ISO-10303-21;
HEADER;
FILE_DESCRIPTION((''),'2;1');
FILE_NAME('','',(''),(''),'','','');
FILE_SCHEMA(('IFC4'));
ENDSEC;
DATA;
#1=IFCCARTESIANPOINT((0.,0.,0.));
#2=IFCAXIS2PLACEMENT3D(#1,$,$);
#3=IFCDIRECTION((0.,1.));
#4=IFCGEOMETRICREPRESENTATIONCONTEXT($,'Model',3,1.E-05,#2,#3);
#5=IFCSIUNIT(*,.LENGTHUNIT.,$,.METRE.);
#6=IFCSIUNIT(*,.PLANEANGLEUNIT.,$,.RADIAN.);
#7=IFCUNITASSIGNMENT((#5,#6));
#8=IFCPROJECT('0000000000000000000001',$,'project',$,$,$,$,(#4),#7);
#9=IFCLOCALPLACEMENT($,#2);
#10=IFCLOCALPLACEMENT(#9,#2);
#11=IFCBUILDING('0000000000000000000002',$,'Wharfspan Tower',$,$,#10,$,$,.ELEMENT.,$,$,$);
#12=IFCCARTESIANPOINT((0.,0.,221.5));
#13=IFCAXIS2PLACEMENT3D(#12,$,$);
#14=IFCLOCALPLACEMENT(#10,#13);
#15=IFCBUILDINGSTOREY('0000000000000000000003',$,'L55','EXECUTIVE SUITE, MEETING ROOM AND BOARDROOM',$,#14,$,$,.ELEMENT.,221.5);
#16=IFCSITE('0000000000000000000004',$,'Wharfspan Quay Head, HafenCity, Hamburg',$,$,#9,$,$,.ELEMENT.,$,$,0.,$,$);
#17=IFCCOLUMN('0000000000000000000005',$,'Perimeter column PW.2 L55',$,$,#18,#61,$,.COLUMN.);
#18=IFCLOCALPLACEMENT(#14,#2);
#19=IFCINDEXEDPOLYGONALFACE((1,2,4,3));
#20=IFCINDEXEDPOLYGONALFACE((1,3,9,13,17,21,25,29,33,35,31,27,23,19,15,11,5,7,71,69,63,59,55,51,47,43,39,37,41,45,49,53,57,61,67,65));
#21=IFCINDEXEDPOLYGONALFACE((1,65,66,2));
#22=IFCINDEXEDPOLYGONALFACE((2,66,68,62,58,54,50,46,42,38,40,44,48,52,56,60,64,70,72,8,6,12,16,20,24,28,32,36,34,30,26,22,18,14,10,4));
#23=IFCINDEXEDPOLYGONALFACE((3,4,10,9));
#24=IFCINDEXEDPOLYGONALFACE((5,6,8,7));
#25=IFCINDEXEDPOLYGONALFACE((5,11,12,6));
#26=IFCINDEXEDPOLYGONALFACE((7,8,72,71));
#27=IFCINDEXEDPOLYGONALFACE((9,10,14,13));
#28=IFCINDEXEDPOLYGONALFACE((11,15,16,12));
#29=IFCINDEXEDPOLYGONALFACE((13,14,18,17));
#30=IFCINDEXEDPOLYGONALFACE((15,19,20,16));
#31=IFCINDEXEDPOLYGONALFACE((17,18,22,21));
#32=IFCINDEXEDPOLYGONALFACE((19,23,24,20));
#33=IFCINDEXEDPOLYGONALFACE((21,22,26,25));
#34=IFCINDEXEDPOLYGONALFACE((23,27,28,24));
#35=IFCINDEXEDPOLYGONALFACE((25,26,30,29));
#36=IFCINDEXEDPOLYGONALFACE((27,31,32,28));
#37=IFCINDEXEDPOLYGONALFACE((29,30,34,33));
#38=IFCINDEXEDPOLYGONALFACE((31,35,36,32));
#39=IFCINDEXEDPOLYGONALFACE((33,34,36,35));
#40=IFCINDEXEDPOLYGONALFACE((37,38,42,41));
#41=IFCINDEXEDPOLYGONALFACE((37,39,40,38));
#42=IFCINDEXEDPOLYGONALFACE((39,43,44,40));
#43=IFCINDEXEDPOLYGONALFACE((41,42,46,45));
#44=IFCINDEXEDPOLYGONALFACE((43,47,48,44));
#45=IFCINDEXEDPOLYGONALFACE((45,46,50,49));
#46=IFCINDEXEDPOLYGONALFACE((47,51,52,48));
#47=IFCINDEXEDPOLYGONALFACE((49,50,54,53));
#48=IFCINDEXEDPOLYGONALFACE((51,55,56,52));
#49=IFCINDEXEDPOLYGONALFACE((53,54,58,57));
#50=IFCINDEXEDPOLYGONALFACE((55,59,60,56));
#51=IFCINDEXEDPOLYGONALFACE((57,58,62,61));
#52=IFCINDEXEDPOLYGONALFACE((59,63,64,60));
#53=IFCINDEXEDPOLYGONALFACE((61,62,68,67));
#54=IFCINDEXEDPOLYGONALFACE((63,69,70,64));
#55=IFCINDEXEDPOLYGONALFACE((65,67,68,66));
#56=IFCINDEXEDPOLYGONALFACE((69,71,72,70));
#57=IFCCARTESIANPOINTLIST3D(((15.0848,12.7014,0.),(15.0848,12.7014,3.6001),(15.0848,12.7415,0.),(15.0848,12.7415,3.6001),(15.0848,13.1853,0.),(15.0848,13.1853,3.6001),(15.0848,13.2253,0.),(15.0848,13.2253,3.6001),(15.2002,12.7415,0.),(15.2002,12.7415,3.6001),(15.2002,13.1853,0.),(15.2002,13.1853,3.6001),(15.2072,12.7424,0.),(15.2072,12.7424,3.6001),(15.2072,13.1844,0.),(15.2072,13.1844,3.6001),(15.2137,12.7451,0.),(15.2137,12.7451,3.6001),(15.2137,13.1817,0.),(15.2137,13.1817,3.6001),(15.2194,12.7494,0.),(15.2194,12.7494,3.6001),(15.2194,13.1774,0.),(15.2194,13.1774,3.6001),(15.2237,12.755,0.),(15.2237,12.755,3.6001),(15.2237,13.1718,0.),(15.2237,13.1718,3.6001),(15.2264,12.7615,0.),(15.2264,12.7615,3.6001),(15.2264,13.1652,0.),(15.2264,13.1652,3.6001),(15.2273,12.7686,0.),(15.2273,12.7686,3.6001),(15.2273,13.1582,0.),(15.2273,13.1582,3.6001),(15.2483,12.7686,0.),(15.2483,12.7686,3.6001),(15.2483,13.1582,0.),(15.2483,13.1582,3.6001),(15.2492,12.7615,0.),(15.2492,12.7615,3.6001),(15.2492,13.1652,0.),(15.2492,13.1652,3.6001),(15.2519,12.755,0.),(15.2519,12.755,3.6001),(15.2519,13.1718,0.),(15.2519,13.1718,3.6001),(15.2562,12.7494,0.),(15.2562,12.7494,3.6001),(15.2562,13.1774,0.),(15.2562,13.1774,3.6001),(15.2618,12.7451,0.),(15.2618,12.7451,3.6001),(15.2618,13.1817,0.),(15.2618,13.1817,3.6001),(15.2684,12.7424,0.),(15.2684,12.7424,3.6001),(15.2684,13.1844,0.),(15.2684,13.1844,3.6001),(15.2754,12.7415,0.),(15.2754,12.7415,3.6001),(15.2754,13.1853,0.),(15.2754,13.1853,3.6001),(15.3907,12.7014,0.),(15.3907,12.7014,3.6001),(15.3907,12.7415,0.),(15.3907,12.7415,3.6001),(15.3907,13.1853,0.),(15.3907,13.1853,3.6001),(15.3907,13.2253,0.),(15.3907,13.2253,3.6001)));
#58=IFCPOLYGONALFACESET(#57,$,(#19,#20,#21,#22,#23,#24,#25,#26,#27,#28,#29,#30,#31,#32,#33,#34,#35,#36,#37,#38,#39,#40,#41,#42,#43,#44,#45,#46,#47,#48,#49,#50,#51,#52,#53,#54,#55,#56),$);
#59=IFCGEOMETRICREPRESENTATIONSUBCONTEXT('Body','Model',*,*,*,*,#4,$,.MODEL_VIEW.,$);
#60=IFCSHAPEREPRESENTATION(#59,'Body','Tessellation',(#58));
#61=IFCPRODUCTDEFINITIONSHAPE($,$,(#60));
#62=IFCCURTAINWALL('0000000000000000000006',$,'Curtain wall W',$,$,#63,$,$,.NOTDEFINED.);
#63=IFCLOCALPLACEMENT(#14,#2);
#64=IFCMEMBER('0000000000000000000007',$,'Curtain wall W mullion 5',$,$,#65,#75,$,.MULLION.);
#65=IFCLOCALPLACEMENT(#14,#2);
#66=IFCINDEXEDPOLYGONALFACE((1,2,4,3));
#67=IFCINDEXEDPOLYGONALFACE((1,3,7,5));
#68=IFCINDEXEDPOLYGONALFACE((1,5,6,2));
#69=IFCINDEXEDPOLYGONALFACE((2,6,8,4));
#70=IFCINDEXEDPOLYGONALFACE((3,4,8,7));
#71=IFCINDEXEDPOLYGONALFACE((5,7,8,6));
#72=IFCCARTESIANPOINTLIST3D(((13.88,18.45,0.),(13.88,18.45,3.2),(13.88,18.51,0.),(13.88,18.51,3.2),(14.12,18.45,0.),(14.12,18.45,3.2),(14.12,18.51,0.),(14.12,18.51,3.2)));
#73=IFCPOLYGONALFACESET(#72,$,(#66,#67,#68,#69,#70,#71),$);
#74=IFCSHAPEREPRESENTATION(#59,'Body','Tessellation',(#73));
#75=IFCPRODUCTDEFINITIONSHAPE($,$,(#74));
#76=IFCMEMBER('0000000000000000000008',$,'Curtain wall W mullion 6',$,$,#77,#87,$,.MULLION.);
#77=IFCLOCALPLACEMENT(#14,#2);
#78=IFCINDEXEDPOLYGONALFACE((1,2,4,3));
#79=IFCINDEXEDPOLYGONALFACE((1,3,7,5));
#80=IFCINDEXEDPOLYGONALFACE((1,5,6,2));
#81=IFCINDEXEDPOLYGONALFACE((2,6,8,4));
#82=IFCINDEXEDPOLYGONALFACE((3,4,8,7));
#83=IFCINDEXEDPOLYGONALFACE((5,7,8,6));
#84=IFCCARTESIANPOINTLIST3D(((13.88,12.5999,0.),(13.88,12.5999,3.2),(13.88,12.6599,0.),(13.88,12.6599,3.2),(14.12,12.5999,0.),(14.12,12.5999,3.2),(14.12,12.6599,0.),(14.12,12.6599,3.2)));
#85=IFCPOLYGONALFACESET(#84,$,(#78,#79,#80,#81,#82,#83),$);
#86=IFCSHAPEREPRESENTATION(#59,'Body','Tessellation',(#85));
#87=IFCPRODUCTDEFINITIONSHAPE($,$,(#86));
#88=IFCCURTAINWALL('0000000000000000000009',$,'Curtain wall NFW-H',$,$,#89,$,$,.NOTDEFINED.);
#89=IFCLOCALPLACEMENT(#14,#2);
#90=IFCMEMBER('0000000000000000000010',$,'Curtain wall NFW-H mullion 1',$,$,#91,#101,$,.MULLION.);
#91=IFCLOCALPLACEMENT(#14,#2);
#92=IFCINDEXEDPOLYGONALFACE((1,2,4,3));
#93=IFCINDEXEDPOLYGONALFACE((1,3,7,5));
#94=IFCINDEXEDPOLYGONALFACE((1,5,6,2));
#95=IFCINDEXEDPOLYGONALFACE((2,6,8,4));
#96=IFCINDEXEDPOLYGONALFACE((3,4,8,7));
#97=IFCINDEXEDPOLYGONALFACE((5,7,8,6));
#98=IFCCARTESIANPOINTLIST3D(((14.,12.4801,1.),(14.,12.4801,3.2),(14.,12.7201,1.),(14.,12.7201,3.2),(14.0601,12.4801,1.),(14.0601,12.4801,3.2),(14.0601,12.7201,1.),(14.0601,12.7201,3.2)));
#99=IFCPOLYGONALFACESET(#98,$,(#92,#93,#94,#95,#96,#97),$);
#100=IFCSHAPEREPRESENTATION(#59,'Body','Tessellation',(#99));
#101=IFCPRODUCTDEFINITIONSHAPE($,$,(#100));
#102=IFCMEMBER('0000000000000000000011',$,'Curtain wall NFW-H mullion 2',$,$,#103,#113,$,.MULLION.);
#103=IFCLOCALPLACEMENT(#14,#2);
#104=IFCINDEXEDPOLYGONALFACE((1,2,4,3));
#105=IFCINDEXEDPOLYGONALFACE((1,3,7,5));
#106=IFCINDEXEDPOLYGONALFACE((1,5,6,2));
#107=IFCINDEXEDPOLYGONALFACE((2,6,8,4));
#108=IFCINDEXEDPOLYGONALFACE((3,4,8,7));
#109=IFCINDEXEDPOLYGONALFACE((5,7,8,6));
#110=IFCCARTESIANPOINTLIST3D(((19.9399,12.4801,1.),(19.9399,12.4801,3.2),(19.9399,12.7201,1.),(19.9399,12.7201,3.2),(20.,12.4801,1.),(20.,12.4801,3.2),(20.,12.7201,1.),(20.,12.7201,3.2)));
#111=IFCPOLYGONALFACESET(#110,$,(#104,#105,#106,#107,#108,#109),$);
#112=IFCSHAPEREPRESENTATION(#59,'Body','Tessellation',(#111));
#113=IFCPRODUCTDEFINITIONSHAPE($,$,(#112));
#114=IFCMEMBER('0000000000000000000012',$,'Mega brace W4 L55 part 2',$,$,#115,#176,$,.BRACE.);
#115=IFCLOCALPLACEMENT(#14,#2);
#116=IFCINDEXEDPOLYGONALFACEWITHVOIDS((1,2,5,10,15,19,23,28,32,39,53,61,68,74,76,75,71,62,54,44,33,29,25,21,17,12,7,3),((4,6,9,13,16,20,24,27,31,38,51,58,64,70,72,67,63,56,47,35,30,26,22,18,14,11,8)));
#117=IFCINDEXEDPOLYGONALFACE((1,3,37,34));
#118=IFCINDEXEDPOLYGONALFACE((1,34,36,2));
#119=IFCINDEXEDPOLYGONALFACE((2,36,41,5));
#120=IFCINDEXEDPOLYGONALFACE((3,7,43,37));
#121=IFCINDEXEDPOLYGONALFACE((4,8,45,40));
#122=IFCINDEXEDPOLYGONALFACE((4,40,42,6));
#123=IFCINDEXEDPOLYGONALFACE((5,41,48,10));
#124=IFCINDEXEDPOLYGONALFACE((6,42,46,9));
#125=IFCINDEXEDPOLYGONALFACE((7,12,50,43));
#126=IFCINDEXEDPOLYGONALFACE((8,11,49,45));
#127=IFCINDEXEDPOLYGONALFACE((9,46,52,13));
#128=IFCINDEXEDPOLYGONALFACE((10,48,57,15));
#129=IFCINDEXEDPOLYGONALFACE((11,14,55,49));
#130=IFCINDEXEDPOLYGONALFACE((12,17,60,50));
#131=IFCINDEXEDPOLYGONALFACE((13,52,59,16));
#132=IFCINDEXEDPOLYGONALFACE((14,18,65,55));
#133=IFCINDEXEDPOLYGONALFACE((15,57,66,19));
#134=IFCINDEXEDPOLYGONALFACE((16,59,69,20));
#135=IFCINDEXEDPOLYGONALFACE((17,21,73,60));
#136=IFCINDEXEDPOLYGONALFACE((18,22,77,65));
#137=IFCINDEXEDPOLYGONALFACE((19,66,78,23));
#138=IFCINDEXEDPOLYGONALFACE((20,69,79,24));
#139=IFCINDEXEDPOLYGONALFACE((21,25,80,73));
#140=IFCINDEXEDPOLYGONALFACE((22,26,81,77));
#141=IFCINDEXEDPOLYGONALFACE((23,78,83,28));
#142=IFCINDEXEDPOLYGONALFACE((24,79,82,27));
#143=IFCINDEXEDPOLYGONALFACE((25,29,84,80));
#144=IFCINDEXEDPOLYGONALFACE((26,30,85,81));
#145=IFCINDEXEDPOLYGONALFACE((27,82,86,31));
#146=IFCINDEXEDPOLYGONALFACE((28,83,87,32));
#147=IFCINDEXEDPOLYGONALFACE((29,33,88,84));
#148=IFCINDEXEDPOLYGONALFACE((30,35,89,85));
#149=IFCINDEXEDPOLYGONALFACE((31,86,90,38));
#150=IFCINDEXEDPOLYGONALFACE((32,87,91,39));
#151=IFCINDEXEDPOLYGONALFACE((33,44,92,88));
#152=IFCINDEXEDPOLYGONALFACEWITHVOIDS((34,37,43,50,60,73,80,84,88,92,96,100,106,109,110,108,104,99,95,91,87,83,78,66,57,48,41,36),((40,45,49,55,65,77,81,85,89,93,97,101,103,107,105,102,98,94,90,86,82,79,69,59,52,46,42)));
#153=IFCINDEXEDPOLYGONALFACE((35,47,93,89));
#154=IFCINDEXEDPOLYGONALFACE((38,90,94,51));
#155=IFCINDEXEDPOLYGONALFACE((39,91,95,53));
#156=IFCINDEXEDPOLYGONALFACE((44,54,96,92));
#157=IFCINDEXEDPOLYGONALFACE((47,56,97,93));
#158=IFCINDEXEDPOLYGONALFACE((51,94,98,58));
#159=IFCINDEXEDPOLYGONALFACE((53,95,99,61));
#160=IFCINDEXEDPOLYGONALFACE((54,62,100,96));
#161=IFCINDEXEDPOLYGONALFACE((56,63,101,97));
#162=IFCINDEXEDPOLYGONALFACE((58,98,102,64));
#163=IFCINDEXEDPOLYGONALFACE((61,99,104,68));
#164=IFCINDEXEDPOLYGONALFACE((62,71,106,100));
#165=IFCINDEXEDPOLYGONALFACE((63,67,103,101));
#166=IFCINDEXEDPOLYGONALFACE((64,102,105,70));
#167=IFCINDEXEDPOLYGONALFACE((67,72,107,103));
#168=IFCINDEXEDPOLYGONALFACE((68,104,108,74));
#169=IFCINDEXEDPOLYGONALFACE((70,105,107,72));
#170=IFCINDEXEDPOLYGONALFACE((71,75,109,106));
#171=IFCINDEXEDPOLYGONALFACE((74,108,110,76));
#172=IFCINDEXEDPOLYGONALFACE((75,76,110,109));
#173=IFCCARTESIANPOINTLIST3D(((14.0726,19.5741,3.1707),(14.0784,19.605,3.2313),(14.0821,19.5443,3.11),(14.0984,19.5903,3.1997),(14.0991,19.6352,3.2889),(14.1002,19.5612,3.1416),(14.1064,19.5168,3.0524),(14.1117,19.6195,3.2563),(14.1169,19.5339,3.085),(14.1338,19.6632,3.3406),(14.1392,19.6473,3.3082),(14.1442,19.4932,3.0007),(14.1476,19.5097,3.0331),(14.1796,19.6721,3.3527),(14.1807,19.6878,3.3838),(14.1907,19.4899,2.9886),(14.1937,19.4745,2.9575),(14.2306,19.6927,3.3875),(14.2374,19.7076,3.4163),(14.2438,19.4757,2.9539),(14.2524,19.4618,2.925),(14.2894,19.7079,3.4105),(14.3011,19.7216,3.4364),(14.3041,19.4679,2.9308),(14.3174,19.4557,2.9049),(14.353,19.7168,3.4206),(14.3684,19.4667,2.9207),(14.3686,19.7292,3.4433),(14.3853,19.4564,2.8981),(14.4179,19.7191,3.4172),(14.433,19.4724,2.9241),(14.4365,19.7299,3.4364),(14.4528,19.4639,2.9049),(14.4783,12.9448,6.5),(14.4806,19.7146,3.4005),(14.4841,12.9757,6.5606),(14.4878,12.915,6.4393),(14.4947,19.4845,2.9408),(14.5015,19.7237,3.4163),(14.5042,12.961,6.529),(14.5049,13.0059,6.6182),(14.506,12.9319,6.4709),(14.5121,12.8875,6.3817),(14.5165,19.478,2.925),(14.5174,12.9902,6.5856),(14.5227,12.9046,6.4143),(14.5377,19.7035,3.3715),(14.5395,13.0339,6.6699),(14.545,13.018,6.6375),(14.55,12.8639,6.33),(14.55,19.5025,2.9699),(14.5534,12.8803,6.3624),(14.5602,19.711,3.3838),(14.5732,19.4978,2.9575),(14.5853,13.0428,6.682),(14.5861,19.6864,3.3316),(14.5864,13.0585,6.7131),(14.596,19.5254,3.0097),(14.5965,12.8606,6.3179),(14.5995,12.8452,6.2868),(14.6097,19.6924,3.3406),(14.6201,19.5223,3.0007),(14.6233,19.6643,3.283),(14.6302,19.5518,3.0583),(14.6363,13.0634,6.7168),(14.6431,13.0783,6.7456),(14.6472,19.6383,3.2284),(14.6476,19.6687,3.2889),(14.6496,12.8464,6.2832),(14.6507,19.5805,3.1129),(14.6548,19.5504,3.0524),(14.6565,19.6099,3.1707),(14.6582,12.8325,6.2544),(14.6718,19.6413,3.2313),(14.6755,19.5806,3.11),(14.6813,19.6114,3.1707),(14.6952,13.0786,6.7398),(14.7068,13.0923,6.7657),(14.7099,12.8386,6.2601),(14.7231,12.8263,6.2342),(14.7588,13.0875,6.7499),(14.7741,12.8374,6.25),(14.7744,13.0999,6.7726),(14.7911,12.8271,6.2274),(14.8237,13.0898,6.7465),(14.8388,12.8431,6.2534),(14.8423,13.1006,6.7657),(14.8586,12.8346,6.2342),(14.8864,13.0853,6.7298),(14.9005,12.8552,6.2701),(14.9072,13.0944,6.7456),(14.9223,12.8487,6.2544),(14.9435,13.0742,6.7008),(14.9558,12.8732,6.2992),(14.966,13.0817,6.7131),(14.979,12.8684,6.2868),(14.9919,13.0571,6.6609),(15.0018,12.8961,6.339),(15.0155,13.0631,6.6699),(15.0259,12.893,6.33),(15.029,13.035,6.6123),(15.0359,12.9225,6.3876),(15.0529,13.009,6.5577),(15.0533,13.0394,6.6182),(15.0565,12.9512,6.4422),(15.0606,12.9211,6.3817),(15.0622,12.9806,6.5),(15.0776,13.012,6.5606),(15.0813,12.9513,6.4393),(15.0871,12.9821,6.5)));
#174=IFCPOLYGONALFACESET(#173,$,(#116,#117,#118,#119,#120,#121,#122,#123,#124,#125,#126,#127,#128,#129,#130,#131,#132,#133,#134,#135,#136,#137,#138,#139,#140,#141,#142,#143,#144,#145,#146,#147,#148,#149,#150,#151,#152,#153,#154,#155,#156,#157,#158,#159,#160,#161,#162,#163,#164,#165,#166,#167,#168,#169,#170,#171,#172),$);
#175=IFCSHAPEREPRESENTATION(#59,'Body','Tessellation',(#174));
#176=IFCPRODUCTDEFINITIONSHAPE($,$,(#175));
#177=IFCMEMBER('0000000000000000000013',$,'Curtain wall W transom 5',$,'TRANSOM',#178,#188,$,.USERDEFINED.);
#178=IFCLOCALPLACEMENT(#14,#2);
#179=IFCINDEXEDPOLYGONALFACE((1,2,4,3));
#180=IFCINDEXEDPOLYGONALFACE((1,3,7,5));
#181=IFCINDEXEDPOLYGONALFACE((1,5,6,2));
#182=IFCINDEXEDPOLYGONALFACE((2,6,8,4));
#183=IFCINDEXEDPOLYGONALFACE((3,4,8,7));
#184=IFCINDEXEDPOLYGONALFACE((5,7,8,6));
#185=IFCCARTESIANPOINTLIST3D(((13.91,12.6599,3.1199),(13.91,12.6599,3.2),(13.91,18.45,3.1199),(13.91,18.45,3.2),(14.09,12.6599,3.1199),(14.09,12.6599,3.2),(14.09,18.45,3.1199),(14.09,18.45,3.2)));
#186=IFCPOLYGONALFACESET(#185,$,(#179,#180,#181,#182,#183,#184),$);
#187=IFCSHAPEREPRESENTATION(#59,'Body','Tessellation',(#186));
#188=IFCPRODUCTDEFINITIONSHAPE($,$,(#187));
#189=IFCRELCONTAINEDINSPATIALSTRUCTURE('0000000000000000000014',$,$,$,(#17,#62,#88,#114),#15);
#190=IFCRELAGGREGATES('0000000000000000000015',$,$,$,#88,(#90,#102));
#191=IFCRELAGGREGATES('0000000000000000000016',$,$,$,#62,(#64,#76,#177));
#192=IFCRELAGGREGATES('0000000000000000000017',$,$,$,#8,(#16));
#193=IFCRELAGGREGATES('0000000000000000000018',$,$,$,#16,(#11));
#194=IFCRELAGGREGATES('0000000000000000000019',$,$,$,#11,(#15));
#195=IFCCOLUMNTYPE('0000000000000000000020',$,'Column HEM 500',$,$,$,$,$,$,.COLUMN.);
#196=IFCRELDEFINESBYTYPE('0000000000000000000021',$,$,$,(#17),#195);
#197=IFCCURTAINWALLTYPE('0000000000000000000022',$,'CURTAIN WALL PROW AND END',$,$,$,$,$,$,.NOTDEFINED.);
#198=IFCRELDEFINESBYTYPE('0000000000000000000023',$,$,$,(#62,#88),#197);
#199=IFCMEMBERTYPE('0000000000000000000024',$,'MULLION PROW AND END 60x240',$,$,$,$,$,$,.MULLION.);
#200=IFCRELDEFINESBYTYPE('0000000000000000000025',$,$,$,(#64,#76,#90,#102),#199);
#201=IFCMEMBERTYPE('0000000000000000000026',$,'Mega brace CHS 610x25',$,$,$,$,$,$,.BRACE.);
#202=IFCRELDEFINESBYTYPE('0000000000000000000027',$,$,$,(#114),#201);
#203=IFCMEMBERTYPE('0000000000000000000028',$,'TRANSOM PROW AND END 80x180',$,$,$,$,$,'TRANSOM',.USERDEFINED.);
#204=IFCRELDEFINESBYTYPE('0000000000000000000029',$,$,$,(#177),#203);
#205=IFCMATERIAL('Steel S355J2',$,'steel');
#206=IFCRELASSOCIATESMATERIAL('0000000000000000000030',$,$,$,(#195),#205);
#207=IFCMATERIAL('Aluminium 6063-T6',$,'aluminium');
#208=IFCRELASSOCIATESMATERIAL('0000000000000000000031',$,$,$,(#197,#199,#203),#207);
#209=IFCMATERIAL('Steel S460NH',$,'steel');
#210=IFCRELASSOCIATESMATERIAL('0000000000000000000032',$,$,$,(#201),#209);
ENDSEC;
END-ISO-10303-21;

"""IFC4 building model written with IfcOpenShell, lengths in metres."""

from ifc_helpers import new_model, si_unit, direction, frame, origin, origin_2d, place, context, subcontext, project, spatial, rectangle, hollow_circle, i_section, extrude, material, material_profile, profile_set, type_object, element, aggregate, save


model = new_model("IFC4")

# Units and contexts
model_context = context("Model", 3, precision=1e-05, world=origin(), true_north=direction((0.0, 1.0)))
body_context = subcontext(model_context, "Body", "Model", "MODEL_VIEW")
ifc_project = project(units=[si_unit("LENGTHUNIT", "METRE"), si_unit("PLANEANGLEUNIT", "RADIAN")], contexts=[model_context])

# Site, building, storey
site_placement = place(None, origin())
site = spatial("IfcSite", under=ifc_project, at=site_placement, Name="Wharfspan Quay Head, HafenCity, Hamburg", CompositionType="ELEMENT", RefElevation=0.0)
building_placement = place(site_placement, origin())
building = spatial("IfcBuilding", under=site, at=building_placement, Name="Wharfspan Tower", CompositionType="ELEMENT")
storey_placement = place(building_placement, frame((0.0, 0.0, 221.5)))
storey = spatial("IfcBuildingStorey", under=building, at=storey_placement, Name="L55", Description="EXECUTIVE SUITE, MEETING ROOM AND BOARDROOM", CompositionType="ELEMENT", Elevation=221.5)

# Column
ifc_material_1 = material(Name="Steel S355J2", Category="steel")
ifc_material_profile_1 = material_profile(ifc_material_1, i_section(OverallWidth=0.3059, OverallDepth=0.5239, WebThickness=0.021, FlangeThickness=0.04, FilletRadius=0.0271, at=origin_2d()))
ifc_profile_set_1 = profile_set([ifc_material_profile_1], Name="Steel S355J2")
column_type = type_object("IfcColumnType", Name="Column HEM 500", PredefinedType="COLUMN", material=ifc_profile_set_1)
column_placement = place(storey_placement, frame((15.2378, 12.9634, 0.0), z_axis=(0.0, 0.0, 1.0), x_axis=(-1.0, 0.0, 0.0)))
element("IfcColumn", 1, at=column_placement, inside=storey, type_object=column_type, Name="Perimeter column PW.2 L55", PredefinedType="COLUMN", context=body_context, shape_type="SweptSolid", body=[
    extrude(i_section(OverallWidth=0.3059, OverallDepth=0.5239, WebThickness=0.021, FlangeThickness=0.04, FilletRadius=0.0271, at=origin_2d()), origin(), (0.0, 0.0, 1.0), 3.6001),
])

# Curtain walls, members
ifc_material_2 = material(Name="Aluminium 6063-T6", Category="aluminium")
curtain_wall_type = type_object("IfcCurtainWallType", Name="CURTAIN WALL PROW AND END", PredefinedType="NOTDEFINED", material=ifc_material_2)
curtain_wall_1_placement = place(storey_placement, origin())
curtain_wall_1 = element("IfcCurtainWall", 2, at=curtain_wall_1_placement, inside=storey, type_object=curtain_wall_type, Name="Curtain wall W", PredefinedType="NOTDEFINED")
ifc_material_profile_2 = material_profile(ifc_material_2, rectangle(XDim=0.24, YDim=0.0601, at=origin_2d()))
ifc_profile_set_2 = profile_set([ifc_material_profile_2], Name="Aluminium 6063-T6")
member_type_1 = type_object("IfcMemberType", Name="MULLION PROW AND END 60x240", PredefinedType="MULLION", material=ifc_profile_set_2)
member_1_placement = place(storey_placement, frame((14.0, 18.48, 0.0), z_axis=(0.0, 0.0, 1.0), x_axis=(1.0, 0.0, 0.0)))
member_1 = element("IfcMember", 3, at=member_1_placement, type_object=member_type_1, Name="Curtain wall W mullion 5", PredefinedType="MULLION", context=body_context, shape_type="SweptSolid", body=[
    extrude(rectangle(XDim=0.24, YDim=0.0601, at=origin_2d()), origin(), (0.0, 0.0, 1.0), 3.2),
])
member_2_placement = place(storey_placement, frame((14.0, 12.6299, 0.0), z_axis=(0.0, 0.0, 1.0), x_axis=(1.0, 0.0, 0.0)))
member_2 = element("IfcMember", 4, at=member_2_placement, type_object=member_type_1, Name="Curtain wall W mullion 6", PredefinedType="MULLION", context=body_context, shape_type="SweptSolid", body=[
    extrude(rectangle(XDim=0.24, YDim=0.0601, at=origin_2d()), origin(), (0.0, 0.0, 1.0), 3.2),
])
curtain_wall_2_placement = place(storey_placement, origin())
curtain_wall_2 = element("IfcCurtainWall", 5, at=curtain_wall_2_placement, inside=storey, type_object=curtain_wall_type, Name="Curtain wall NFW-H", PredefinedType="NOTDEFINED")
member_3_placement = place(storey_placement, frame((14.03, 12.6001, 1.0), z_axis=(0.0, 0.0, 1.0), x_axis=(0.0, 1.0, 0.0)))
member_3 = element("IfcMember", 6, at=member_3_placement, type_object=member_type_1, Name="Curtain wall NFW-H mullion 1", PredefinedType="MULLION", context=body_context, shape_type="SweptSolid", body=[
    extrude(rectangle(XDim=0.24, YDim=0.0601, at=origin_2d()), origin(), (0.0, 0.0, 1.0), 2.2),
])
member_4_placement = place(storey_placement, frame((19.97, 12.6001, 1.0), z_axis=(0.0, 0.0, 1.0), x_axis=(0.0, 1.0, 0.0)))
member_4 = element("IfcMember", 7, at=member_4_placement, type_object=member_type_1, Name="Curtain wall NFW-H mullion 2", PredefinedType="MULLION", context=body_context, shape_type="SweptSolid", body=[
    extrude(rectangle(XDim=0.24, YDim=0.0601, at=origin_2d()), origin(), (0.0, 0.0, 1.0), 2.2),
])

# Members
ifc_material_3 = material(Name="Steel S460NH", Category="steel")
ifc_material_profile_3 = material_profile(ifc_material_3, hollow_circle(Radius=0.3049, WallThickness=0.0249, at=origin_2d()))
ifc_profile_set_3 = profile_set([ifc_material_profile_3], Name="Steel S460NH")
member_type_2 = type_object("IfcMemberType", Name="Mega brace CHS 610x25", PredefinedType="BRACE", material=ifc_profile_set_3)
member_5_placement = place(storey_placement, frame((14.377, 19.5928, 3.1707), z_axis=(0.054615, -0.892302, 0.448123), x_axis=(0.998132, 0.061091, -0.000003)))
element("IfcMember", 8, at=member_5_placement, inside=storey, type_object=member_type_2, Name="Mega brace W4 L55 part 2", PredefinedType="BRACE", context=body_context, shape_type="SweptSolid", body=[
    extrude(hollow_circle(Radius=0.3049, WallThickness=0.0249, at=origin_2d()), origin(), (0.0, 0.0, 1.0), 7.4294),
])
ifc_material_profile_4 = material_profile(ifc_material_2, rectangle(XDim=0.1799, YDim=0.0801, at=origin_2d()))
ifc_profile_set_4 = profile_set([ifc_material_profile_4], Name="Aluminium 6063-T6")
member_type_3 = type_object("IfcMemberType", Name="TRANSOM PROW AND END 80x180", ElementType="TRANSOM", PredefinedType="USERDEFINED", material=ifc_profile_set_4)
member_6_placement = place(storey_placement, frame((14.0, 18.45, 3.1599), z_axis=(0.0, -1.0, 0.0), x_axis=(1.0, 0.0, 0.0)))
member_6 = element("IfcMember", 9, at=member_6_placement, type_object=member_type_3, Name="Curtain wall W transom 5", ObjectType="TRANSOM", PredefinedType="USERDEFINED", context=body_context, shape_type="SweptSolid", body=[
    extrude(rectangle(XDim=0.1799, YDim=0.0801, at=origin_2d()), origin(), (0.0, 0.0, 1.0), 5.79),
])

aggregate(curtain_wall_2, [member_3, member_4])
aggregate(curtain_wall_1, [member_1, member_2, member_6])

save(model, "model.ifc")
